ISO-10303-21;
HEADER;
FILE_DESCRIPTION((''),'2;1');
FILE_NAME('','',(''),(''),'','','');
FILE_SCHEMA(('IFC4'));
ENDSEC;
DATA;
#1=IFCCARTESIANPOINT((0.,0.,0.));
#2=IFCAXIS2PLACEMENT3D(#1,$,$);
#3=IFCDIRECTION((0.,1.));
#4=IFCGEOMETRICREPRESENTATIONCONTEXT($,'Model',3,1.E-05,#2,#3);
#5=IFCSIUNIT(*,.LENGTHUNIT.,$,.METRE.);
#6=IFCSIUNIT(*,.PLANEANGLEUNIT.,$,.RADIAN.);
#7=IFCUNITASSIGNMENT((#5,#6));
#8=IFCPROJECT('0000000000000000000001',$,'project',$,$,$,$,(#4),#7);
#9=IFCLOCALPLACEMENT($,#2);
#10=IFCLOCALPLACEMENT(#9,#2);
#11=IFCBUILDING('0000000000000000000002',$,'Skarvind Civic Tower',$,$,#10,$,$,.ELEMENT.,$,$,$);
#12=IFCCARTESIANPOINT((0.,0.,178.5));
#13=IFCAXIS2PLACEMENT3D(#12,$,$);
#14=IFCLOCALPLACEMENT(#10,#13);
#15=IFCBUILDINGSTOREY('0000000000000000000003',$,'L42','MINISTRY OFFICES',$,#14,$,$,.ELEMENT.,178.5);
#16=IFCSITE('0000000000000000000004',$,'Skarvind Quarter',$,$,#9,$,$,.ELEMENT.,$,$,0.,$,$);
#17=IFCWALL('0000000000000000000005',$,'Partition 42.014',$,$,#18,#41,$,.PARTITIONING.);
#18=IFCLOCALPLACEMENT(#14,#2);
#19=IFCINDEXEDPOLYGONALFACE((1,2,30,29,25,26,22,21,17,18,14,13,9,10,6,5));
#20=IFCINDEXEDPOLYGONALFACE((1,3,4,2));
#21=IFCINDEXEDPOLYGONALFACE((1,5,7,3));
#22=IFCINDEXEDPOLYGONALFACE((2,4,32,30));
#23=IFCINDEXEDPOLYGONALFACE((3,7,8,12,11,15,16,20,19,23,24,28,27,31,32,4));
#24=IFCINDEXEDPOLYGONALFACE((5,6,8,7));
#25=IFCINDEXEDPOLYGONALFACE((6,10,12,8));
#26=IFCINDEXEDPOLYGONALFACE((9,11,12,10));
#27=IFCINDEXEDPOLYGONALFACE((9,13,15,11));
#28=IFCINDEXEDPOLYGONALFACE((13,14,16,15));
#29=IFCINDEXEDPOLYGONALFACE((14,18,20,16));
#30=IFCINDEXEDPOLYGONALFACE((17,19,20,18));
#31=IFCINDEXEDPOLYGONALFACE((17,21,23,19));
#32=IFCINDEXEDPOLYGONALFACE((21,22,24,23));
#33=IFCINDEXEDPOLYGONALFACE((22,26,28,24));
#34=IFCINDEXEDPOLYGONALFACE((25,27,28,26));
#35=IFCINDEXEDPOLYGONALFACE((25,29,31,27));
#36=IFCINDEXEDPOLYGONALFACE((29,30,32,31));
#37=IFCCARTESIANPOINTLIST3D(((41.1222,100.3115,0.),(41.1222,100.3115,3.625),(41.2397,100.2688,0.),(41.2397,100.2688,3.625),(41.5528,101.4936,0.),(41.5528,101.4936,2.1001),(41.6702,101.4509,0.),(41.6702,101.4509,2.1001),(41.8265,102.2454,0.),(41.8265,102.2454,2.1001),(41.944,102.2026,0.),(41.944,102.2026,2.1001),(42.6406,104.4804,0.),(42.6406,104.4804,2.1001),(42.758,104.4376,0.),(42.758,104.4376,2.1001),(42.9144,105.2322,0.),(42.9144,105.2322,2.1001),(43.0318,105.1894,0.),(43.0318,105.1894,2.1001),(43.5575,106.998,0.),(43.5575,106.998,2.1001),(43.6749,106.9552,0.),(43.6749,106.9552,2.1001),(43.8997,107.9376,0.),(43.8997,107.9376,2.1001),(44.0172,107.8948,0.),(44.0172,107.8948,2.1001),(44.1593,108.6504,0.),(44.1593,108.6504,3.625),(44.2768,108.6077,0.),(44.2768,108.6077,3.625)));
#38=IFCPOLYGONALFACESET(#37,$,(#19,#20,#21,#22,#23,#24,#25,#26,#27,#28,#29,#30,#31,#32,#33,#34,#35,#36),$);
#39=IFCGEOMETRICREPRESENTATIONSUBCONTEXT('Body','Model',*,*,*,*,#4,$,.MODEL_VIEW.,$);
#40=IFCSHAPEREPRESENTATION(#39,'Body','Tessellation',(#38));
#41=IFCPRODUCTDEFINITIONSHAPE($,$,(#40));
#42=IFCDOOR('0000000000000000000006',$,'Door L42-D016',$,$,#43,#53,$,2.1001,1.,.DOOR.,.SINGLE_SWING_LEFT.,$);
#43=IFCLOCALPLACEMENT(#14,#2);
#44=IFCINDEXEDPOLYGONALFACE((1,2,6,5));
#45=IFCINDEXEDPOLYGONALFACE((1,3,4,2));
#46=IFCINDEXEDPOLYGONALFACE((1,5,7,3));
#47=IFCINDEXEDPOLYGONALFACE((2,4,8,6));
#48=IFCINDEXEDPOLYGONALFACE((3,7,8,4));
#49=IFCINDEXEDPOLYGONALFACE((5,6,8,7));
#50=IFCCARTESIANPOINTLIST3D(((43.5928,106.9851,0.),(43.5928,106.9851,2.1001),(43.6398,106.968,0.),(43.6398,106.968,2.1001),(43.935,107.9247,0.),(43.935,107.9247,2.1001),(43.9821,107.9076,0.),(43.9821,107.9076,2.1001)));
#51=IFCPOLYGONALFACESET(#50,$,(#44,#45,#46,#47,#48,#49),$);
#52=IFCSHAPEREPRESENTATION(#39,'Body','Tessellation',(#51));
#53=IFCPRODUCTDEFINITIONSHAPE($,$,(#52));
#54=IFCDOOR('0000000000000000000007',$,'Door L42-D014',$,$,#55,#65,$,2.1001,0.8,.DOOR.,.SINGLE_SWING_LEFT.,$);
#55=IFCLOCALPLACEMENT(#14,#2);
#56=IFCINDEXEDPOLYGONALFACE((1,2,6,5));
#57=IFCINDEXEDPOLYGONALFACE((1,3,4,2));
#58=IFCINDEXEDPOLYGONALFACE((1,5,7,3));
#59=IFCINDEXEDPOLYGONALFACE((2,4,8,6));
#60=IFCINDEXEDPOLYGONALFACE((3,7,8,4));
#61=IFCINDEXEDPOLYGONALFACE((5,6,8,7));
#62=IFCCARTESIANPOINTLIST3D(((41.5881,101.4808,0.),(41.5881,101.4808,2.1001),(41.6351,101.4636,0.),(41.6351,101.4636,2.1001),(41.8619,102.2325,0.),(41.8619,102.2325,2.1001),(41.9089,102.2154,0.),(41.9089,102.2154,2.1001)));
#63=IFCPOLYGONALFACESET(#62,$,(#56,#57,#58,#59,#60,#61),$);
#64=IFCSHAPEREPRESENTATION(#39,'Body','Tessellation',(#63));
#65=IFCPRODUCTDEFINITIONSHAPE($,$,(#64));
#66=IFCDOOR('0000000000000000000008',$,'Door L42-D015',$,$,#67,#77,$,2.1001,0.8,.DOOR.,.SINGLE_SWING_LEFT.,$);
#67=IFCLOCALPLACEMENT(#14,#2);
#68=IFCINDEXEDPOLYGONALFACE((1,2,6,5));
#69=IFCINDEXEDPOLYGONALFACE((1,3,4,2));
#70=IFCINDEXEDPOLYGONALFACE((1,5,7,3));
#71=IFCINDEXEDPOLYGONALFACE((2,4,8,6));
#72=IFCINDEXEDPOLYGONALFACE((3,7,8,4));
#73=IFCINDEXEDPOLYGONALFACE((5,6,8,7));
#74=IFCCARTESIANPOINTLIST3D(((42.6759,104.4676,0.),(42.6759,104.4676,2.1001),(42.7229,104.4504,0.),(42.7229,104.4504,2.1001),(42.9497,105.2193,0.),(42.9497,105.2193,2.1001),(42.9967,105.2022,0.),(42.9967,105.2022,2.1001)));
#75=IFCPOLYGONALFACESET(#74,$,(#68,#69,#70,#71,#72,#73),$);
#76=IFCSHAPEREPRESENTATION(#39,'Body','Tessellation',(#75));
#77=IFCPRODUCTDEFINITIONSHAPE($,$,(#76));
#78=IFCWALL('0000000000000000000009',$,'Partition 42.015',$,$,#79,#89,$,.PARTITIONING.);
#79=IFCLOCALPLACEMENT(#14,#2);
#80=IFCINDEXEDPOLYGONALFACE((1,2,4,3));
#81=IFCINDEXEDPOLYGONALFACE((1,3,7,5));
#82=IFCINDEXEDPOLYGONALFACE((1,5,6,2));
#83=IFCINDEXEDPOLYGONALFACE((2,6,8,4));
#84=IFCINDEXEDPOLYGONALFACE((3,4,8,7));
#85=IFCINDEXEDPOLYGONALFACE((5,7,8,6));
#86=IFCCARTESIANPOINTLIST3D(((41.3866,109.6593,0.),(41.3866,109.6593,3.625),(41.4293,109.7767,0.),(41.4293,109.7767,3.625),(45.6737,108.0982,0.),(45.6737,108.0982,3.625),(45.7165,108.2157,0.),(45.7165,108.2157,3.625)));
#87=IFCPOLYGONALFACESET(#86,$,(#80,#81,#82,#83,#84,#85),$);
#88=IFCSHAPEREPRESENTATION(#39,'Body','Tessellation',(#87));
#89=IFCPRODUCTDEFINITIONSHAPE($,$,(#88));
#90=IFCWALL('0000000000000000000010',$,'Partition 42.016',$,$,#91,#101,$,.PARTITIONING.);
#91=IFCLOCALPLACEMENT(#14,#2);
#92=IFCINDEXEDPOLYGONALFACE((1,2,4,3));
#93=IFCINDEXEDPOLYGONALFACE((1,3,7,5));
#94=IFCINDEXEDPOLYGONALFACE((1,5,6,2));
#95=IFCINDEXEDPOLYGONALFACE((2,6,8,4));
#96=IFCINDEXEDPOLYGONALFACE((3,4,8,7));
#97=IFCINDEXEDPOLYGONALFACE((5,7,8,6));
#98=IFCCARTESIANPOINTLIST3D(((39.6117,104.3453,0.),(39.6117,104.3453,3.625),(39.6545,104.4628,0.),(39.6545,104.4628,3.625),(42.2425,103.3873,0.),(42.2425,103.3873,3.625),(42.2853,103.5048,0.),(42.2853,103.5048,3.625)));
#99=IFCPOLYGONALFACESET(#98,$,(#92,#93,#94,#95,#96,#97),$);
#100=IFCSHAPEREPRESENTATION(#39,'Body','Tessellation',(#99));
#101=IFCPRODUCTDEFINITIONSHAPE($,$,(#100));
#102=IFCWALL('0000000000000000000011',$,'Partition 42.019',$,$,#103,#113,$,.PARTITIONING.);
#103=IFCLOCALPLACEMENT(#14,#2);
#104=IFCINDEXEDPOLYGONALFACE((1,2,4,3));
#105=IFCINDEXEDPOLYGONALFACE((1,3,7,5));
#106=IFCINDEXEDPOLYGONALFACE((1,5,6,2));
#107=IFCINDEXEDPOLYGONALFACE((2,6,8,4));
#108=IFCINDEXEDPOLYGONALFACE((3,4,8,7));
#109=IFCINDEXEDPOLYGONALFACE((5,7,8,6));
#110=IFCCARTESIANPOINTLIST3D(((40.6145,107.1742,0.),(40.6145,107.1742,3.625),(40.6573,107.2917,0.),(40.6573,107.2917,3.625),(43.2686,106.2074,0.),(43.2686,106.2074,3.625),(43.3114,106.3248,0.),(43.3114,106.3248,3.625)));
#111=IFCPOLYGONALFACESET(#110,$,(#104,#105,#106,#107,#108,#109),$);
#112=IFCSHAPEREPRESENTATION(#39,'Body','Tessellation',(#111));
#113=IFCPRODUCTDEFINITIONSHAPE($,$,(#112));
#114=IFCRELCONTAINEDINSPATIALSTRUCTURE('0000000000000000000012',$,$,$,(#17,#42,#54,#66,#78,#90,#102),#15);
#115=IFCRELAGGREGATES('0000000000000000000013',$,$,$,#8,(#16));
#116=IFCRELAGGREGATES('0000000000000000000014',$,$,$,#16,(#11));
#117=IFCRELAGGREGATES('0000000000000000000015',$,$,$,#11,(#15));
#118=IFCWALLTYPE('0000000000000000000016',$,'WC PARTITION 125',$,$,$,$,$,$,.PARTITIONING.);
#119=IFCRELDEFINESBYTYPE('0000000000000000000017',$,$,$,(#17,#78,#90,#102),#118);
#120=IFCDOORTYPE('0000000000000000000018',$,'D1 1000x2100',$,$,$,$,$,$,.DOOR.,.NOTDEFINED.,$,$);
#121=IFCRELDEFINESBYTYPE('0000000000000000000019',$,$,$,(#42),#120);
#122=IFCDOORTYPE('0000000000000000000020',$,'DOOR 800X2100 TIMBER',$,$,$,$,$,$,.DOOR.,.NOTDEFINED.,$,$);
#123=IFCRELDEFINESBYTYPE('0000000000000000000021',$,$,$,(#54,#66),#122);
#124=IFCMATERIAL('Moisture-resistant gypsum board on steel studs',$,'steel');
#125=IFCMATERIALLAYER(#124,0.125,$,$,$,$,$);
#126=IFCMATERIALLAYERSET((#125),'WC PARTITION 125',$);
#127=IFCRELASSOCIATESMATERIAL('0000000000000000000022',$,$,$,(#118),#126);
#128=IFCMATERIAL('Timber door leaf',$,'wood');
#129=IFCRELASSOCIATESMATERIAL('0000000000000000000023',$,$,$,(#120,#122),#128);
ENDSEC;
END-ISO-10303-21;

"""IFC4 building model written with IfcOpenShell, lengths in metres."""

from ifc_helpers import new_model, si_unit, direction, frame, frame_2d, origin, place, context, subcontext, project, spatial, rectangle, extrude, material, layer, layer_set, type_object, element, fill, save


model = new_model("IFC4")

# Units and contexts
model_context = context("Model", 3, precision=1e-05, world=origin(), true_north=direction((0.0, 1.0)))
body_context = subcontext(model_context, "Body", "Model", "MODEL_VIEW")
ifc_project = project(units=[si_unit("LENGTHUNIT", "METRE"), si_unit("PLANEANGLEUNIT", "RADIAN")], contexts=[model_context])

# Site, building, storey
site_placement = place(None, origin())
site = spatial("IfcSite", under=ifc_project, at=site_placement, Name="Skarvind Quarter", CompositionType="ELEMENT", RefElevation=0.0)
building_placement = place(site_placement, origin())
building = spatial("IfcBuilding", under=site, at=building_placement, Name="Skarvind Civic Tower", CompositionType="ELEMENT")
storey_placement = place(building_placement, frame((0.0, 0.0, 178.5)))
storey = spatial("IfcBuildingStorey", under=building, at=storey_placement, Name="L42", Description="MINISTRY OFFICES", CompositionType="ELEMENT", Elevation=178.5)

# Shared definitions
ifc_material_1 = material(Name="Moisture-resistant gypsum board on steel studs", Category="steel")
ifc_layer_1 = layer(ifc_material_1, 0.125)
ifc_layer_set_1 = layer_set([ifc_layer_1], Name="WC PARTITION 125")
wall_type_1 = type_object("IfcWallType", Name="WC PARTITION 125", PredefinedType="PARTITIONING", material=ifc_layer_set_1)

# Wall, openings, doors
wall_1_placement = place(storey_placement, frame((41.1809, 100.29, 0.0), z_axis=(0.0, 0.0, 1.0), x_axis=(0.34222, 0.93962, 0.0)))
wall_1 = element("IfcWall", 1, at=wall_1_placement, inside=storey, type_object=wall_type_1, Name="Partition 42.014", PredefinedType="PARTITIONING", context=body_context, shape_type="SweptSolid", body=[
    extrude(rectangle(XDim=8.8748, YDim=0.125, at=frame_2d((4.4375, 0.0))), origin(), (0.0, 0.0, 1.0), 3.625),
])
opening_1_placement = place(wall_1_placement, frame((1.2583, 0.0, 0.0)))
opening_1 = element("IfcOpeningElement", 2, at=opening_1_placement, cuts=wall_1, PredefinedType="OPENING", context=body_context, shape_type="SweptSolid", body=[
    extrude(rectangle(XDim=0.8, YDim=2.1001, at=frame_2d((0.3999, 1.05))), frame((0.0, 0.0725, 0.0), z_axis=(0.0, -1.0, 0.0), x_axis=(1.0, 0.0, 0.0)), (0.0, 0.0, 1.0), 0.145),
])
opening_2_placement = place(wall_1_placement, frame((4.437, 0.0, 0.0)))
opening_2 = element("IfcOpeningElement", 3, at=opening_2_placement, cuts=wall_1, PredefinedType="OPENING", context=body_context, shape_type="SweptSolid", body=[
    extrude(rectangle(XDim=0.8, YDim=2.1001, at=frame_2d((0.3999, 1.05))), frame((0.0, 0.0725, 0.0), z_axis=(0.0, -1.0, 0.0), x_axis=(1.0, 0.0, 0.0)), (0.0, 0.0, 1.0), 0.145),
])
opening_3_placement = place(wall_1_placement, frame((7.1162, 0.0, 0.0)))
opening_3 = element("IfcOpeningElement", 4, at=opening_3_placement, cuts=wall_1, PredefinedType="OPENING", context=body_context, shape_type="SweptSolid", body=[
    extrude(rectangle(XDim=1.0, YDim=2.1001, at=frame_2d((0.5, 1.05))), frame((0.0, 0.0725, 0.0), z_axis=(0.0, -1.0, 0.0), x_axis=(1.0, 0.0, 0.0)), (0.0, 0.0, 1.0), 0.145),
])
ifc_material_2 = material(Name="Timber door leaf", Category="wood")
door_type_1 = type_object("IfcDoorType", Name="D1 1000x2100", OperationType="NOTDEFINED", PredefinedType="DOOR", material=ifc_material_2)
door_1_placement = place(opening_3_placement, origin())
door_1 = element("IfcDoor", 5, at=door_1_placement, inside=storey, type_object=door_type_1, Name="Door L42-D016", OperationType="SINGLE_SWING_LEFT", OverallHeight=2.1001, OverallWidth=1.0, PredefinedType="DOOR", context=body_context, shape_type="SweptSolid", body=[
    extrude(rectangle(XDim=1.0, YDim=2.1001, at=frame_2d((0.5, 1.05))), frame((0.0, 0.0249, 0.0), z_axis=(0.0, -1.0, 0.0), x_axis=(1.0, 0.0, 0.0)), (0.0, 0.0, 1.0), 0.05),
])
fill(opening_3, door_1)
door_type_2 = type_object("IfcDoorType", Name="DOOR 800X2100 TIMBER", OperationType="NOTDEFINED", PredefinedType="DOOR", material=ifc_material_2)
door_2_placement = place(opening_1_placement, origin())
door_2 = element("IfcDoor", 6, at=door_2_placement, inside=storey, type_object=door_type_2, Name="Door L42-D014", OperationType="SINGLE_SWING_LEFT", OverallHeight=2.1001, OverallWidth=0.8, PredefinedType="DOOR", context=body_context, shape_type="SweptSolid", body=[
    extrude(rectangle(XDim=0.8, YDim=2.1001, at=frame_2d((0.3999, 1.05))), frame((0.0, 0.0249, 0.0), z_axis=(0.0, -1.0, 0.0), x_axis=(1.0, 0.0, 0.0)), (0.0, 0.0, 1.0), 0.05),
])
fill(opening_1, door_2)
door_3_placement = place(opening_2_placement, origin())
door_3 = element("IfcDoor", 7, at=door_3_placement, inside=storey, type_object=door_type_2, Name="Door L42-D015", OperationType="SINGLE_SWING_LEFT", OverallHeight=2.1001, OverallWidth=0.8, PredefinedType="DOOR", context=body_context, shape_type="SweptSolid", body=[
    extrude(rectangle(XDim=0.8, YDim=2.1001, at=frame_2d((0.3999, 1.05))), frame((0.0, 0.0249, 0.0), z_axis=(0.0, -1.0, 0.0), x_axis=(1.0, 0.0, 0.0)), (0.0, 0.0, 1.0), 0.05),
])
fill(opening_2, door_3)

# Walls
wall_2_placement = place(storey_placement, frame((41.408, 109.718, 0.0), z_axis=(0.0, 0.0, 1.0), x_axis=(0.939646, -0.342147, 0.0)))
element("IfcWall", 8, at=wall_2_placement, inside=storey, type_object=wall_type_1, Name="Partition 42.015", PredefinedType="PARTITIONING", context=body_context, shape_type="SweptSolid", body=[
    extrude(rectangle(XDim=4.5625, YDim=0.125, at=frame_2d((2.2812, 0.0))), origin(), (0.0, 0.0, 1.0), 3.625),
])
wall_3_placement = place(storey_placement, frame((42.2639, 103.446, 0.0), z_axis=(0.0, 0.0, 1.0), x_axis=(-0.939641, 0.342163, 0.0)))
element("IfcWall", 9, at=wall_3_placement, inside=storey, type_object=wall_type_1, Name="Partition 42.016", PredefinedType="PARTITIONING", context=body_context, shape_type="SweptSolid", body=[
    extrude(rectangle(XDim=2.7998, YDim=0.125, at=frame_2d((1.3999, 0.0))), origin(), (0.0, 0.0, 1.0), 3.625),
])
wall_4_placement = place(storey_placement, frame((43.29, 106.2661, 0.0), z_axis=(0.0, 0.0, 1.0), x_axis=(-0.939601, 0.34227, 0.0)))
element("IfcWall", 10, at=wall_4_placement, inside=storey, type_object=wall_type_1, Name="Partition 42.019", PredefinedType="PARTITIONING", context=body_context, shape_type="SweptSolid", body=[
    extrude(rectangle(XDim=2.8247, YDim=0.125, at=frame_2d((1.4124, 0.0))), origin(), (0.0, 0.0, 1.0), 3.625),
])

save(model, "model.ifc")
